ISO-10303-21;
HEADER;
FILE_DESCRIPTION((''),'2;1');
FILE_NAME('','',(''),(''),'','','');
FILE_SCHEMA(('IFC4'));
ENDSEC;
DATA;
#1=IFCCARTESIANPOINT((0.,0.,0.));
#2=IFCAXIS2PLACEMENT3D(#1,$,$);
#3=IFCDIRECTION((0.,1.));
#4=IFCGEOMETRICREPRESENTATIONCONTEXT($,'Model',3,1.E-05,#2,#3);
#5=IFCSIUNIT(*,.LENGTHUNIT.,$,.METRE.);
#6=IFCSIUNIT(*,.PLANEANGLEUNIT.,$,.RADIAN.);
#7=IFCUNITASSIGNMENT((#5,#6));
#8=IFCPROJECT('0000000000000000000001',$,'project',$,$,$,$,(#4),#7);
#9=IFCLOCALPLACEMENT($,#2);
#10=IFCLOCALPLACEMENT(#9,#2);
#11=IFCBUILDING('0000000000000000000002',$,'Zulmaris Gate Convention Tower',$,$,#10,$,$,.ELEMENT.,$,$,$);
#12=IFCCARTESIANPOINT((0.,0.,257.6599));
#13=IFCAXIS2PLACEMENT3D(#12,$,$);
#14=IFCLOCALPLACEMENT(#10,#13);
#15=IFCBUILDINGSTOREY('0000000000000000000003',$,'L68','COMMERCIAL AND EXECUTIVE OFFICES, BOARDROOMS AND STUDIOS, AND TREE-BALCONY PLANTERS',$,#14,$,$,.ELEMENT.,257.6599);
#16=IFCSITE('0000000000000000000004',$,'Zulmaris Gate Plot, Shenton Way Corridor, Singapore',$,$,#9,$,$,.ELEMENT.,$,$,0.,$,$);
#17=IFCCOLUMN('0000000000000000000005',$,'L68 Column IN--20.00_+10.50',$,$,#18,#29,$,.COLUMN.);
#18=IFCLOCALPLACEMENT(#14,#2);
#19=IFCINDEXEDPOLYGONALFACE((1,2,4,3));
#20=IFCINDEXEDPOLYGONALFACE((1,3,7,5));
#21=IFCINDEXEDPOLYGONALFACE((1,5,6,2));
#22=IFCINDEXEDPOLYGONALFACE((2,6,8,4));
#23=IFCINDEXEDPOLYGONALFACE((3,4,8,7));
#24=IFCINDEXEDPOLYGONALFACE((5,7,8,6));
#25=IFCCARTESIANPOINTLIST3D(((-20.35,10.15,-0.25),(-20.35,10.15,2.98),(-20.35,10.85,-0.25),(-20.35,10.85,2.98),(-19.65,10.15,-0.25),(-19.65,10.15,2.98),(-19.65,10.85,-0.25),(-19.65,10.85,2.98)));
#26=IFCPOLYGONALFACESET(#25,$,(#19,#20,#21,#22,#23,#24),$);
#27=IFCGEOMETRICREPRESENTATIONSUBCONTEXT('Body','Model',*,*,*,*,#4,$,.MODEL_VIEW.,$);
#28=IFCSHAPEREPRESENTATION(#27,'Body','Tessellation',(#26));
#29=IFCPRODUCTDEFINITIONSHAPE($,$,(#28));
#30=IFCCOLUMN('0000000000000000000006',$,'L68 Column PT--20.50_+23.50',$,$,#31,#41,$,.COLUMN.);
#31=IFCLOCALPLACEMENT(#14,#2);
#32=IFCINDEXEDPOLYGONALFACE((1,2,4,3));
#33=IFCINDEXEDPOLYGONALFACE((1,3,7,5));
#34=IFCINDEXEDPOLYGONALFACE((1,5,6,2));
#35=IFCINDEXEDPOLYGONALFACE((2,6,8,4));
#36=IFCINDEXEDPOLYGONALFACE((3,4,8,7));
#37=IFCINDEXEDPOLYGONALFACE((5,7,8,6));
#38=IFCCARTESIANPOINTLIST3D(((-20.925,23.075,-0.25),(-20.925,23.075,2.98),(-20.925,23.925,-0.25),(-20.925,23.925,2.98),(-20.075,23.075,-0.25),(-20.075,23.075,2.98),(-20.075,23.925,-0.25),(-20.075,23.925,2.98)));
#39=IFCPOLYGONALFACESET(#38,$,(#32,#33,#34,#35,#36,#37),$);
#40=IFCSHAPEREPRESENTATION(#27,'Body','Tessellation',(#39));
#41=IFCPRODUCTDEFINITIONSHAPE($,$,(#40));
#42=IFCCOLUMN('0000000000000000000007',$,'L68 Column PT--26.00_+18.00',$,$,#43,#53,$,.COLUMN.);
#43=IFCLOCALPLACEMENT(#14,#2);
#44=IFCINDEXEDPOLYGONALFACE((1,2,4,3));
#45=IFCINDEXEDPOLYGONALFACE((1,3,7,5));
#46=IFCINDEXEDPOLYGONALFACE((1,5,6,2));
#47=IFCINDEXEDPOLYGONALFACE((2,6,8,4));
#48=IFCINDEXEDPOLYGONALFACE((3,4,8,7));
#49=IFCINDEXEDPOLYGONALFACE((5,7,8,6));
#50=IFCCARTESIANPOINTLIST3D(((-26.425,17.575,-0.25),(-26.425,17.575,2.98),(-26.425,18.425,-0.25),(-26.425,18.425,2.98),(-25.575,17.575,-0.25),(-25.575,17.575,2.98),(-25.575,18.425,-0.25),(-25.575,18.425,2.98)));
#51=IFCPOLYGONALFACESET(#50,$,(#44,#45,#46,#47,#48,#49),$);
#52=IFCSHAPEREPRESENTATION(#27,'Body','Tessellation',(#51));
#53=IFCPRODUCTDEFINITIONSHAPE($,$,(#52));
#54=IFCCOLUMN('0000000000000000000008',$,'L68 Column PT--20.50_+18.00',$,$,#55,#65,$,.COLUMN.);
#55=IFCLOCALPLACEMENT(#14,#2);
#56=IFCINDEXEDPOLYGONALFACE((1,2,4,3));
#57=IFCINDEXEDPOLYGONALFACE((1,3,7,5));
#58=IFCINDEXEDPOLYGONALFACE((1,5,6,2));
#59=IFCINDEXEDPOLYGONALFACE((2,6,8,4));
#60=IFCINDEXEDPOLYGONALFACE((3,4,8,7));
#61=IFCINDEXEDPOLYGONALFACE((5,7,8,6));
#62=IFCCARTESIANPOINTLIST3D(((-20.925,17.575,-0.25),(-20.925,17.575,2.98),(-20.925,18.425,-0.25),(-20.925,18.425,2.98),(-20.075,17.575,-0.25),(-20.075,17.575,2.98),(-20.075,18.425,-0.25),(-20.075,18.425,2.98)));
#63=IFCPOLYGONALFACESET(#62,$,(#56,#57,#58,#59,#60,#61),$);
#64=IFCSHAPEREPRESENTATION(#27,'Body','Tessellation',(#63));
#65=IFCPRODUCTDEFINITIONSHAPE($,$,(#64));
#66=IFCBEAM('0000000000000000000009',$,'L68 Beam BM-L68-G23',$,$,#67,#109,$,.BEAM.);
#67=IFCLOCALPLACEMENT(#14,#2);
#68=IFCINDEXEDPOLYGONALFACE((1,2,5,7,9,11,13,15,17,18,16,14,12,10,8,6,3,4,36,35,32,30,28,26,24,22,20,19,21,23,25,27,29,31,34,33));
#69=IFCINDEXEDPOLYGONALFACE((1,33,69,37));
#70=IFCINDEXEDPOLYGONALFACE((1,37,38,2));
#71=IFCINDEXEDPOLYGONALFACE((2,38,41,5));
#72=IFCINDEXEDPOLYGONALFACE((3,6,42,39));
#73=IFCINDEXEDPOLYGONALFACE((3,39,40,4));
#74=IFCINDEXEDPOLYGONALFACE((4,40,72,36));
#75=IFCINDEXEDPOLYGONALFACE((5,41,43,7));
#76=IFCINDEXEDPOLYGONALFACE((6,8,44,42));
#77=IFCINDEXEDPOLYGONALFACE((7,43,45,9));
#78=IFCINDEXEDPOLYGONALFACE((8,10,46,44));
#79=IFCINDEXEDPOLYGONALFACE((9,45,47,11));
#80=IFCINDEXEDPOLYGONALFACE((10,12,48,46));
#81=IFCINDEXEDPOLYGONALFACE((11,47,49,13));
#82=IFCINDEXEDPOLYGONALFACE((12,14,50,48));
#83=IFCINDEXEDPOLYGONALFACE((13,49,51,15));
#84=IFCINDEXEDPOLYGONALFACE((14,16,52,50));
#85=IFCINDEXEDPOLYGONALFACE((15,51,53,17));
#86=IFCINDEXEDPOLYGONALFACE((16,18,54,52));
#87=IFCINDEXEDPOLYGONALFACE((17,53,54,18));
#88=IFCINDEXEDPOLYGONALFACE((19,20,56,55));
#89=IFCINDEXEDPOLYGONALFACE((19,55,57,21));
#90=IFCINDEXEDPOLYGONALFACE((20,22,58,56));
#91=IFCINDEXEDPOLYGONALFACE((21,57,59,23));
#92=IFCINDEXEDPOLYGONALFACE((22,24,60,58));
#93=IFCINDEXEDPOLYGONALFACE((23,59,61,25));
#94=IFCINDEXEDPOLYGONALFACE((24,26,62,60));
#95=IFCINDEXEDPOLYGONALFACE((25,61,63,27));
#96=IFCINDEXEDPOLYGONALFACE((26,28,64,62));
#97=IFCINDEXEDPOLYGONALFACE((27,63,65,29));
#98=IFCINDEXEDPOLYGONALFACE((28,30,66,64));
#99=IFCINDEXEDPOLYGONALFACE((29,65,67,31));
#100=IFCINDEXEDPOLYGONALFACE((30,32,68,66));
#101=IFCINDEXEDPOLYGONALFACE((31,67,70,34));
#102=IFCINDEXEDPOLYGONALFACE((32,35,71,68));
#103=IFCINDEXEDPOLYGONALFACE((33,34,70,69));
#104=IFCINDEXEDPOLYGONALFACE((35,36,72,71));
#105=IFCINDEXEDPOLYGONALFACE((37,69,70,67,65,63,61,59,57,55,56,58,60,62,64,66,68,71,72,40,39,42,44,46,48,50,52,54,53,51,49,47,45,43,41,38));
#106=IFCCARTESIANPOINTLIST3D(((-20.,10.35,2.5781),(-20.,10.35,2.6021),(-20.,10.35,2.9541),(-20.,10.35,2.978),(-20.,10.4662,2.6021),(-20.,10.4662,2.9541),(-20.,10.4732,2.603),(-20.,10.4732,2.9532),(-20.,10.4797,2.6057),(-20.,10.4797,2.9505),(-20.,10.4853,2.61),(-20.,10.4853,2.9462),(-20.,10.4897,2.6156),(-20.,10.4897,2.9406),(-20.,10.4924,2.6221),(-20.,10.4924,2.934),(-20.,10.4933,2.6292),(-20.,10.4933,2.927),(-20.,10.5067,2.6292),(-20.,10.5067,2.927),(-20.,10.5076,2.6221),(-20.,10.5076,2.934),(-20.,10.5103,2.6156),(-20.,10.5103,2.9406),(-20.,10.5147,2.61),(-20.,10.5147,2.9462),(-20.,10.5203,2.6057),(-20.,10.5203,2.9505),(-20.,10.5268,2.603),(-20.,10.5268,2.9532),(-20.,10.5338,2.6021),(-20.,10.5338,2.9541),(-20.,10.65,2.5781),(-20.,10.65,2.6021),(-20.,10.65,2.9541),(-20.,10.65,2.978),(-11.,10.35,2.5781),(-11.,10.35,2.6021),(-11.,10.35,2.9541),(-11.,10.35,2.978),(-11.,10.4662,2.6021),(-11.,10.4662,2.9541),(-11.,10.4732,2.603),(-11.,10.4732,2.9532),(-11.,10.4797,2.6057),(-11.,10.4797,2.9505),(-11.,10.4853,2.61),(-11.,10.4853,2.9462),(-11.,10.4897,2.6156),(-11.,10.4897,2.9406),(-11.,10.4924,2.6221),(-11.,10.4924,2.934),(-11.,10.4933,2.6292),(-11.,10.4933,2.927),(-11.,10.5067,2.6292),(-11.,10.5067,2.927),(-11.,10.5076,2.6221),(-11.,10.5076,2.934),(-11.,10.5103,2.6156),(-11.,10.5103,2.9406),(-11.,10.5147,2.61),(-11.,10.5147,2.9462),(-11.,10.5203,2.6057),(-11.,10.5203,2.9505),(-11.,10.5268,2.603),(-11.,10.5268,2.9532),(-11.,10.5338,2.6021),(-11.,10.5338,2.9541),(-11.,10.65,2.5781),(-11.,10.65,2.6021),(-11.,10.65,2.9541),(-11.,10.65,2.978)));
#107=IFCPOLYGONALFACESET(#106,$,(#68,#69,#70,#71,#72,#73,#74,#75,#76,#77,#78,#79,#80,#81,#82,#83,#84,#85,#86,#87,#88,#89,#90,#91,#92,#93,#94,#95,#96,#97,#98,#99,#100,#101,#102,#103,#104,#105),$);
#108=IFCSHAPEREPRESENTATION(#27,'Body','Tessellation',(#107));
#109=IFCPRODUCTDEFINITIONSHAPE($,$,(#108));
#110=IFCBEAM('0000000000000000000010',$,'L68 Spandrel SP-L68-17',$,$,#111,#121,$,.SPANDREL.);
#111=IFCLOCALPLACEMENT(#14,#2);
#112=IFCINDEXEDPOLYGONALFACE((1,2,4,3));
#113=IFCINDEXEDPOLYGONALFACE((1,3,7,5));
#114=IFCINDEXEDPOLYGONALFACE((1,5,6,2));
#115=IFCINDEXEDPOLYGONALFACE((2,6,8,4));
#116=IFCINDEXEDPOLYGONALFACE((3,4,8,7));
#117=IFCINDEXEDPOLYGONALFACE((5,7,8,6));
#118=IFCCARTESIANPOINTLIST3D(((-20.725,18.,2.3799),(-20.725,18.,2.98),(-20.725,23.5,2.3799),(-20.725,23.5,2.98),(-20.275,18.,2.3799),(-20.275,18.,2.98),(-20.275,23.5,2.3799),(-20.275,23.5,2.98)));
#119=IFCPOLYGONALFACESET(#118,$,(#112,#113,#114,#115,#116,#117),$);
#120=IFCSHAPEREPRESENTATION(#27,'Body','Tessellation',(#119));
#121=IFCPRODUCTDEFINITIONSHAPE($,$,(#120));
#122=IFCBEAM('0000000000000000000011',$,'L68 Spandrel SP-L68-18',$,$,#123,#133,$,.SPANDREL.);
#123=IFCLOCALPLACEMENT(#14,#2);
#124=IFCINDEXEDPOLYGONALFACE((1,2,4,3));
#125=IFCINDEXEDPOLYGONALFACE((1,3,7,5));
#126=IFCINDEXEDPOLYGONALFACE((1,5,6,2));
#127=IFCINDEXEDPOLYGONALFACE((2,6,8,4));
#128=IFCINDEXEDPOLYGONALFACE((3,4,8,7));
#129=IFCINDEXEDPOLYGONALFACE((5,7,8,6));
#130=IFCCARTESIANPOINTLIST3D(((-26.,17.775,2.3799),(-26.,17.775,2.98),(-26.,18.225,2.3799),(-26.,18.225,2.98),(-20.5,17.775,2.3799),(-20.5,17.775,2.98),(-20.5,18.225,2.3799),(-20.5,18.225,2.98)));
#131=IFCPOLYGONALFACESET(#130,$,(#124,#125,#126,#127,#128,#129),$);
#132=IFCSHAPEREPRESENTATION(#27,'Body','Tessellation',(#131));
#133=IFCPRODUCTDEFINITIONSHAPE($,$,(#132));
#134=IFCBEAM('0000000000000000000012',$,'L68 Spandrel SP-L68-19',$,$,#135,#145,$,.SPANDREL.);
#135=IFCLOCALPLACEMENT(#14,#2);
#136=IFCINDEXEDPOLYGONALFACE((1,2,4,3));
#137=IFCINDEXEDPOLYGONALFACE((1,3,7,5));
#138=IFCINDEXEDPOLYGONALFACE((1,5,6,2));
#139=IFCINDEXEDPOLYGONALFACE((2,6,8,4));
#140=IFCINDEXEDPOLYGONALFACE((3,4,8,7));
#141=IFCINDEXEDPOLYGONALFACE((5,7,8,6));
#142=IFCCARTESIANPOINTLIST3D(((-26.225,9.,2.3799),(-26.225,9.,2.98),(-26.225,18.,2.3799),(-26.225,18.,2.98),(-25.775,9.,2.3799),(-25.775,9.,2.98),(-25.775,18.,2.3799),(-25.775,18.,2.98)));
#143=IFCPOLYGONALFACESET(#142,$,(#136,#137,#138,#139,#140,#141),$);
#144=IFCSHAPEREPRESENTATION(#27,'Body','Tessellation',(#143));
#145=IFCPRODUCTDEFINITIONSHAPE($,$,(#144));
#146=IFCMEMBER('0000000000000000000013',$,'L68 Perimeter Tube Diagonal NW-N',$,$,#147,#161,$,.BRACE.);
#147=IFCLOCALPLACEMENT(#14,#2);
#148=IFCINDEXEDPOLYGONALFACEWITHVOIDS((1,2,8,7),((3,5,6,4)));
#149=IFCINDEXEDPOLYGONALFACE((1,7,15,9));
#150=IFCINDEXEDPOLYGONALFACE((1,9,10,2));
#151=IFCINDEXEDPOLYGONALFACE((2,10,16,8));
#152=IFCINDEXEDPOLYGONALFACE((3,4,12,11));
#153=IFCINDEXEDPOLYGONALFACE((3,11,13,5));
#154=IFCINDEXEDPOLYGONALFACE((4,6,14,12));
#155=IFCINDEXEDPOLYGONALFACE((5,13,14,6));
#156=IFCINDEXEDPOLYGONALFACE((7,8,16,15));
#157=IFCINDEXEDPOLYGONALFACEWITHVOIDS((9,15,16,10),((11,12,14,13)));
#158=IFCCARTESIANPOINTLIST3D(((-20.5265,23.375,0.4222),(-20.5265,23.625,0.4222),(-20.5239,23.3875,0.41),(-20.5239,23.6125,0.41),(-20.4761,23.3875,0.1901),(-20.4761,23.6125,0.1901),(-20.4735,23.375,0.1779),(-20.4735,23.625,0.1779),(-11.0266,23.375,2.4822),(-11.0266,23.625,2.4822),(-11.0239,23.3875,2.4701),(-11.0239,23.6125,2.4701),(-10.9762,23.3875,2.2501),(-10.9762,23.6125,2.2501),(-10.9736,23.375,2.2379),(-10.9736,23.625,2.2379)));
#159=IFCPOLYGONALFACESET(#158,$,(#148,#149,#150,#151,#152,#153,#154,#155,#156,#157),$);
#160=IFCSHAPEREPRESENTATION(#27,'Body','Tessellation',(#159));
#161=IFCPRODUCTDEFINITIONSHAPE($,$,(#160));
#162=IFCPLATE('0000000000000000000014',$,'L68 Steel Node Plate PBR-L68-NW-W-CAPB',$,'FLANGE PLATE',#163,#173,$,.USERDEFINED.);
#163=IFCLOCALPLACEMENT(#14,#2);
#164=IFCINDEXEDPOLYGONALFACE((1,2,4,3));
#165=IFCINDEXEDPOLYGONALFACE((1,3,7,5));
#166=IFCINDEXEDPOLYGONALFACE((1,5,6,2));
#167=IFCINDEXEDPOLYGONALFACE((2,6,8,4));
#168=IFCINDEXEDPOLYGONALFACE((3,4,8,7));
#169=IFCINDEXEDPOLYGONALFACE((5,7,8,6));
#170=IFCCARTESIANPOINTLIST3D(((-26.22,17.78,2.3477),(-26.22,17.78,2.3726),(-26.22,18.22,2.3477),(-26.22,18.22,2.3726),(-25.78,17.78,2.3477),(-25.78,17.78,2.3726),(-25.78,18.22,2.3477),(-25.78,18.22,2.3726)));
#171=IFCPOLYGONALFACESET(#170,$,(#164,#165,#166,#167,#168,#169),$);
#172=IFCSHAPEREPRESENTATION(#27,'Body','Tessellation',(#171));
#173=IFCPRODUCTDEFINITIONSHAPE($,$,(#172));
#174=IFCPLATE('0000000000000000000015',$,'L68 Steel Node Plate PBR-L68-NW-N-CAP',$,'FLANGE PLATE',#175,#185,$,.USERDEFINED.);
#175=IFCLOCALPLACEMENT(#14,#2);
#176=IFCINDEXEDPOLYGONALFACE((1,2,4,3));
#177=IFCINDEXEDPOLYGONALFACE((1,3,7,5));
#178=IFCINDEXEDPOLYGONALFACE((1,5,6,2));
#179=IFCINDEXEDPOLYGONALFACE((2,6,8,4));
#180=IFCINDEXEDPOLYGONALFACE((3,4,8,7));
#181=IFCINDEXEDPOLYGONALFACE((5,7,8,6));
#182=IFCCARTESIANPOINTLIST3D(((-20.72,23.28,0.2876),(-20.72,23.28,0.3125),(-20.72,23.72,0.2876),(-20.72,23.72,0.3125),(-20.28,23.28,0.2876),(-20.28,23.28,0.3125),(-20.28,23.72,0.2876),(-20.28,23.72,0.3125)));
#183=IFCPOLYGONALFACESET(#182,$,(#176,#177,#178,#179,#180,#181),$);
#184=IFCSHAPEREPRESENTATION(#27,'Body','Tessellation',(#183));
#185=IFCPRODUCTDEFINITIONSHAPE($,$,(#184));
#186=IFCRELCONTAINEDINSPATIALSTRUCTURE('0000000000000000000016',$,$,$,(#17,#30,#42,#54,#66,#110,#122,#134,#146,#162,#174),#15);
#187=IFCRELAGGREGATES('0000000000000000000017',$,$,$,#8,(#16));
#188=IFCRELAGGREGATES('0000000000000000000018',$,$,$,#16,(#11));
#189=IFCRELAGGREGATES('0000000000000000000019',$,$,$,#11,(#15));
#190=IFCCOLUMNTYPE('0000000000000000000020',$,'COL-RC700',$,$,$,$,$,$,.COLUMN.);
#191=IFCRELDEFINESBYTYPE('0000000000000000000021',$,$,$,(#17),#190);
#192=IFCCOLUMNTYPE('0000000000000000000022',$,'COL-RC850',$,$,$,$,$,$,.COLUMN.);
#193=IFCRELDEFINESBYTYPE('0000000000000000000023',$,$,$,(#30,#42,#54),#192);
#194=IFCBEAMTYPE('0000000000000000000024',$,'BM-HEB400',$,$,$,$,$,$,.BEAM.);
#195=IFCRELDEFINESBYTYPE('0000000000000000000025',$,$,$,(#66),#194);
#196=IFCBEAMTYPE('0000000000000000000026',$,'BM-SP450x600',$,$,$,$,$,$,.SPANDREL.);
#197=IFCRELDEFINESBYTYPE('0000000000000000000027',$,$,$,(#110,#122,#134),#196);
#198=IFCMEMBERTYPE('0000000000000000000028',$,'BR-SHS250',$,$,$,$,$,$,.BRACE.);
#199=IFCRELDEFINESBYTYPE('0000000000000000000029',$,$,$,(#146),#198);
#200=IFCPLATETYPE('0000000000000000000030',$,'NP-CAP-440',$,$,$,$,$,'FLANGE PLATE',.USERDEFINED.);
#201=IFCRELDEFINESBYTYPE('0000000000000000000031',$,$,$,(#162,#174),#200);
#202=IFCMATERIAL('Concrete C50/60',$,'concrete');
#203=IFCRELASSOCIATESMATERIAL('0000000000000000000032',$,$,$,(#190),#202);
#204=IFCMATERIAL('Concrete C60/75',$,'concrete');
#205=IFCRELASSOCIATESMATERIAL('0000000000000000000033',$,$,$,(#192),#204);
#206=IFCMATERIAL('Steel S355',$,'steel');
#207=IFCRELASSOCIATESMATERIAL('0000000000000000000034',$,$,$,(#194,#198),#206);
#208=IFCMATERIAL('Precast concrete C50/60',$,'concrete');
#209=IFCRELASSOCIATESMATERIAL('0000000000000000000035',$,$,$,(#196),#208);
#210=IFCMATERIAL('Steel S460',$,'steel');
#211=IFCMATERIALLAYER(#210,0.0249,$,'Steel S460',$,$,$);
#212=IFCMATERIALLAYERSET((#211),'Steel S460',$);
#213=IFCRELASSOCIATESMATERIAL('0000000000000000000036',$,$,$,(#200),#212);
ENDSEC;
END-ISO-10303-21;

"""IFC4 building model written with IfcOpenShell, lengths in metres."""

from ifc_helpers import new_model, si_unit, direction, frame, origin, origin_2d, place, context, subcontext, project, spatial, rectangle, hollow_rectangle, i_section, extrude, material, layer, layer_set, material_profile, profile_set, type_object, element, save


model = new_model("IFC4")

# Units and contexts
model_context = context("Model", 3, precision=1e-05, world=origin(), true_north=direction((0.0, 1.0)))
body_context = subcontext(model_context, "Body", "Model", "MODEL_VIEW")
ifc_project = project(units=[si_unit("LENGTHUNIT", "METRE"), si_unit("PLANEANGLEUNIT", "RADIAN")], contexts=[model_context])

# Site, building, storey
site_placement = place(None, origin())
site = spatial("IfcSite", under=ifc_project, at=site_placement, Name="Zulmaris Gate Plot, Shenton Way Corridor, Singapore", CompositionType="ELEMENT", RefElevation=0.0)
building_placement = place(site_placement, origin())
building = spatial("IfcBuilding", under=site, at=building_placement, Name="Zulmaris Gate Convention Tower", CompositionType="ELEMENT")
storey_placement = place(building_placement, frame((0.0, 0.0, 257.6599)))
storey = spatial("IfcBuildingStorey", under=building, at=storey_placement, Name="L68", Description="COMMERCIAL AND EXECUTIVE OFFICES, BOARDROOMS AND STUDIOS, AND TREE-BALCONY PLANTERS", CompositionType="ELEMENT", Elevation=257.6599)

# Columns
ifc_material_1 = material(Name="Concrete C50/60", Category="concrete")
ifc_material_profile_1 = material_profile(ifc_material_1, rectangle(XDim=0.7, YDim=0.7, at=origin_2d()), Name="RC COL 700x700")
ifc_profile_set_1 = profile_set([ifc_material_profile_1], Name="Concrete C50/60")
column_type_1 = type_object("IfcColumnType", Name="COL-RC700", PredefinedType="COLUMN", material=ifc_profile_set_1)
column_placement = place(storey_placement, frame((-20.0, 10.5, -0.25), z_axis=(0.0, 0.0, 1.0), x_axis=(1.0, 0.0, 0.0)))
element("IfcColumn", 1, at=column_placement, inside=storey, type_object=column_type_1, Name="L68 Column IN--20.00_+10.50", PredefinedType="COLUMN", context=body_context, shape_type="SweptSolid", body=[
    extrude(rectangle(XDim=0.7, YDim=0.7, at=origin_2d()), origin(), (0.0, 0.0, 1.0), 3.23),
])
ifc_material_2 = material(Name="Concrete C60/75", Category="concrete")
ifc_material_profile_2 = material_profile(ifc_material_2, rectangle(XDim=0.8501, YDim=0.8501, at=origin_2d()), Name="RC COL 850x850")
ifc_profile_set_2 = profile_set([ifc_material_profile_2], Name="Concrete C60/75")
column_type_2 = type_object("IfcColumnType", Name="COL-RC850", PredefinedType="COLUMN", material=ifc_profile_set_2)
for number, where, z_axis, x_axis, name in (
    (2, (-20.5, 23.5, -0.25), (0.0, 0.0, 1.0), (1.0, 0.0, 0.0), "L68 Column PT--20.50_+23.50"),
    (3, (-26.0, 18.0, -0.25), (0.0, 0.0, 1.0), (1.0, 0.0, 0.0), "L68 Column PT--26.00_+18.00"),
    (4, (-20.5, 18.0, -0.25), (0.0, 0.0, 1.0), (1.0, 0.0, 0.0), "L68 Column PT--20.50_+18.00"),
):
    element("IfcColumn", number, at=place(storey_placement, frame(where, z_axis=z_axis, x_axis=x_axis)), inside=storey, type_object=column_type_2, Name=name, PredefinedType="COLUMN", context=body_context, shape_type="SweptSolid", body=[
        extrude(rectangle(XDim=0.8501, YDim=0.8501, at=origin_2d()), origin(), (0.0, 0.0, 1.0), 3.23),
    ])

# Beams
ifc_material_3 = material(Name="Steel S355", Category="steel")
ifc_material_profile_3 = material_profile(ifc_material_3, i_section(OverallWidth=0.3, OverallDepth=0.3999, WebThickness=0.0134, FlangeThickness=0.0239, FilletRadius=0.0271, at=origin_2d()), Name="HEB 400")
ifc_profile_set_3 = profile_set([ifc_material_profile_3], Name="Steel S355")
beam_type_1 = type_object("IfcBeamType", Name="BM-HEB400", PredefinedType="BEAM", material=ifc_profile_set_3)
beam_1_placement = place(storey_placement, frame((-20.0, 10.5, 2.7781), z_axis=(1.0, 0.0, 0.0), x_axis=(0.0, 1.0, 0.0)))
element("IfcBeam", 5, at=beam_1_placement, inside=storey, type_object=beam_type_1, Name="L68 Beam BM-L68-G23", PredefinedType="BEAM", context=body_context, shape_type="SweptSolid", body=[
    extrude(i_section(OverallWidth=0.3, OverallDepth=0.3999, WebThickness=0.0134, FlangeThickness=0.0239, FilletRadius=0.0271, at=origin_2d()), origin(), (0.0, 0.0, 1.0), 9.0),
])
ifc_material_4 = material(Name="Precast concrete C50/60", Category="concrete")
ifc_material_profile_4 = material_profile(ifc_material_4, rectangle(XDim=0.45, YDim=0.6001, at=origin_2d()), Name="RC SPANDREL 450x600")
ifc_profile_set_4 = profile_set([ifc_material_profile_4], Name="Precast concrete C50/60")
beam_type_2 = type_object("IfcBeamType", Name="BM-SP450x600", PredefinedType="SPANDREL", material=ifc_profile_set_4)
for number, where, z_axis, x_axis, name in (
    (6, (-20.5, 23.5, 2.6799), (0.0, -1.0, 0.0), (1.0, 0.0, 0.0), "L68 Spandrel SP-L68-17"),
    (7, (-20.5, 18.0, 2.6799), (-1.0, 0.0, 0.0), (0.0, -1.0, 0.0), "L68 Spandrel SP-L68-18"),
):
    element("IfcBeam", number, at=place(storey_placement, frame(where, z_axis=z_axis, x_axis=x_axis)), inside=storey, type_object=beam_type_2, Name=name, PredefinedType="SPANDREL", context=body_context, shape_type="SweptSolid", body=[
        extrude(rectangle(XDim=0.45, YDim=0.6001, at=origin_2d()), origin(), (0.0, 0.0, 1.0), 5.5),
    ])
beam_2_placement = place(storey_placement, frame((-26.0, 18.0, 2.6799), z_axis=(0.0, -1.0, 0.0), x_axis=(1.0, 0.0, 0.0)))
element("IfcBeam", 8, at=beam_2_placement, inside=storey, type_object=beam_type_2, Name="L68 Spandrel SP-L68-19", PredefinedType="SPANDREL", context=body_context, shape_type="SweptSolid", body=[
    extrude(rectangle(XDim=0.45, YDim=0.6001, at=origin_2d()), origin(), (0.0, 0.0, 1.0), 9.0),
])

# Member
ifc_material_profile_5 = material_profile(ifc_material_3, hollow_rectangle(XDim=0.25, YDim=0.25, WallThickness=0.0125, at=origin_2d()), Name="SHS 250x250x12.5")
ifc_profile_set_5 = profile_set([ifc_material_profile_5], Name="Steel S355")
member_type = type_object("IfcMemberType", Name="BR-SHS250", PredefinedType="BRACE", material=ifc_profile_set_5)
member_placement = place(storey_placement, frame((-20.5, 23.5, 0.3), z_axis=(0.977286, 0.0, 0.211923), x_axis=(0.0, 1.0, 0.0)))
element("IfcMember", 9, at=member_placement, inside=storey, type_object=member_type, Name="L68 Perimeter Tube Diagonal NW-N", PredefinedType="BRACE", context=body_context, shape_type="SweptSolid", body=[
    extrude(hollow_rectangle(XDim=0.25, YDim=0.25, WallThickness=0.0125, at=origin_2d()), origin(), (0.0, 0.0, 1.0), 9.7207),
])

# Plates
ifc_material_5 = material(Name="Steel S460", Category="steel")
ifc_layer_1 = layer(ifc_material_5, 0.0249, Name="Steel S460")
ifc_layer_set_1 = layer_set([ifc_layer_1], Name="Steel S460")
plate_type = type_object("IfcPlateType", Name="NP-CAP-440", ElementType="FLANGE PLATE", PredefinedType="USERDEFINED", material=ifc_layer_set_1)
for number, where, z_axis, x_axis, name in (
    (10, (-26.0, 18.0, 2.3477), (0.0, 0.0, 1.0), (1.0, 0.0, 0.0), "L68 Steel Node Plate PBR-L68-NW-W-CAPB"),
    (11, (-20.5, 23.5, 0.2876), (0.0, 0.0, 1.0), (1.0, 0.0, 0.0), "L68 Steel Node Plate PBR-L68-NW-N-CAP"),
):
    element("IfcPlate", number, at=place(storey_placement, frame(where, z_axis=z_axis, x_axis=x_axis)), inside=storey, type_object=plate_type, Name=name, ObjectType="FLANGE PLATE", PredefinedType="USERDEFINED", context=body_context, shape_type="SweptSolid", body=[
        extrude(rectangle(XDim=0.4399, YDim=0.4399, at=origin_2d()), origin(), (0.0, 0.0, 1.0), 0.0249),
    ])

save(model, "model.ifc")
